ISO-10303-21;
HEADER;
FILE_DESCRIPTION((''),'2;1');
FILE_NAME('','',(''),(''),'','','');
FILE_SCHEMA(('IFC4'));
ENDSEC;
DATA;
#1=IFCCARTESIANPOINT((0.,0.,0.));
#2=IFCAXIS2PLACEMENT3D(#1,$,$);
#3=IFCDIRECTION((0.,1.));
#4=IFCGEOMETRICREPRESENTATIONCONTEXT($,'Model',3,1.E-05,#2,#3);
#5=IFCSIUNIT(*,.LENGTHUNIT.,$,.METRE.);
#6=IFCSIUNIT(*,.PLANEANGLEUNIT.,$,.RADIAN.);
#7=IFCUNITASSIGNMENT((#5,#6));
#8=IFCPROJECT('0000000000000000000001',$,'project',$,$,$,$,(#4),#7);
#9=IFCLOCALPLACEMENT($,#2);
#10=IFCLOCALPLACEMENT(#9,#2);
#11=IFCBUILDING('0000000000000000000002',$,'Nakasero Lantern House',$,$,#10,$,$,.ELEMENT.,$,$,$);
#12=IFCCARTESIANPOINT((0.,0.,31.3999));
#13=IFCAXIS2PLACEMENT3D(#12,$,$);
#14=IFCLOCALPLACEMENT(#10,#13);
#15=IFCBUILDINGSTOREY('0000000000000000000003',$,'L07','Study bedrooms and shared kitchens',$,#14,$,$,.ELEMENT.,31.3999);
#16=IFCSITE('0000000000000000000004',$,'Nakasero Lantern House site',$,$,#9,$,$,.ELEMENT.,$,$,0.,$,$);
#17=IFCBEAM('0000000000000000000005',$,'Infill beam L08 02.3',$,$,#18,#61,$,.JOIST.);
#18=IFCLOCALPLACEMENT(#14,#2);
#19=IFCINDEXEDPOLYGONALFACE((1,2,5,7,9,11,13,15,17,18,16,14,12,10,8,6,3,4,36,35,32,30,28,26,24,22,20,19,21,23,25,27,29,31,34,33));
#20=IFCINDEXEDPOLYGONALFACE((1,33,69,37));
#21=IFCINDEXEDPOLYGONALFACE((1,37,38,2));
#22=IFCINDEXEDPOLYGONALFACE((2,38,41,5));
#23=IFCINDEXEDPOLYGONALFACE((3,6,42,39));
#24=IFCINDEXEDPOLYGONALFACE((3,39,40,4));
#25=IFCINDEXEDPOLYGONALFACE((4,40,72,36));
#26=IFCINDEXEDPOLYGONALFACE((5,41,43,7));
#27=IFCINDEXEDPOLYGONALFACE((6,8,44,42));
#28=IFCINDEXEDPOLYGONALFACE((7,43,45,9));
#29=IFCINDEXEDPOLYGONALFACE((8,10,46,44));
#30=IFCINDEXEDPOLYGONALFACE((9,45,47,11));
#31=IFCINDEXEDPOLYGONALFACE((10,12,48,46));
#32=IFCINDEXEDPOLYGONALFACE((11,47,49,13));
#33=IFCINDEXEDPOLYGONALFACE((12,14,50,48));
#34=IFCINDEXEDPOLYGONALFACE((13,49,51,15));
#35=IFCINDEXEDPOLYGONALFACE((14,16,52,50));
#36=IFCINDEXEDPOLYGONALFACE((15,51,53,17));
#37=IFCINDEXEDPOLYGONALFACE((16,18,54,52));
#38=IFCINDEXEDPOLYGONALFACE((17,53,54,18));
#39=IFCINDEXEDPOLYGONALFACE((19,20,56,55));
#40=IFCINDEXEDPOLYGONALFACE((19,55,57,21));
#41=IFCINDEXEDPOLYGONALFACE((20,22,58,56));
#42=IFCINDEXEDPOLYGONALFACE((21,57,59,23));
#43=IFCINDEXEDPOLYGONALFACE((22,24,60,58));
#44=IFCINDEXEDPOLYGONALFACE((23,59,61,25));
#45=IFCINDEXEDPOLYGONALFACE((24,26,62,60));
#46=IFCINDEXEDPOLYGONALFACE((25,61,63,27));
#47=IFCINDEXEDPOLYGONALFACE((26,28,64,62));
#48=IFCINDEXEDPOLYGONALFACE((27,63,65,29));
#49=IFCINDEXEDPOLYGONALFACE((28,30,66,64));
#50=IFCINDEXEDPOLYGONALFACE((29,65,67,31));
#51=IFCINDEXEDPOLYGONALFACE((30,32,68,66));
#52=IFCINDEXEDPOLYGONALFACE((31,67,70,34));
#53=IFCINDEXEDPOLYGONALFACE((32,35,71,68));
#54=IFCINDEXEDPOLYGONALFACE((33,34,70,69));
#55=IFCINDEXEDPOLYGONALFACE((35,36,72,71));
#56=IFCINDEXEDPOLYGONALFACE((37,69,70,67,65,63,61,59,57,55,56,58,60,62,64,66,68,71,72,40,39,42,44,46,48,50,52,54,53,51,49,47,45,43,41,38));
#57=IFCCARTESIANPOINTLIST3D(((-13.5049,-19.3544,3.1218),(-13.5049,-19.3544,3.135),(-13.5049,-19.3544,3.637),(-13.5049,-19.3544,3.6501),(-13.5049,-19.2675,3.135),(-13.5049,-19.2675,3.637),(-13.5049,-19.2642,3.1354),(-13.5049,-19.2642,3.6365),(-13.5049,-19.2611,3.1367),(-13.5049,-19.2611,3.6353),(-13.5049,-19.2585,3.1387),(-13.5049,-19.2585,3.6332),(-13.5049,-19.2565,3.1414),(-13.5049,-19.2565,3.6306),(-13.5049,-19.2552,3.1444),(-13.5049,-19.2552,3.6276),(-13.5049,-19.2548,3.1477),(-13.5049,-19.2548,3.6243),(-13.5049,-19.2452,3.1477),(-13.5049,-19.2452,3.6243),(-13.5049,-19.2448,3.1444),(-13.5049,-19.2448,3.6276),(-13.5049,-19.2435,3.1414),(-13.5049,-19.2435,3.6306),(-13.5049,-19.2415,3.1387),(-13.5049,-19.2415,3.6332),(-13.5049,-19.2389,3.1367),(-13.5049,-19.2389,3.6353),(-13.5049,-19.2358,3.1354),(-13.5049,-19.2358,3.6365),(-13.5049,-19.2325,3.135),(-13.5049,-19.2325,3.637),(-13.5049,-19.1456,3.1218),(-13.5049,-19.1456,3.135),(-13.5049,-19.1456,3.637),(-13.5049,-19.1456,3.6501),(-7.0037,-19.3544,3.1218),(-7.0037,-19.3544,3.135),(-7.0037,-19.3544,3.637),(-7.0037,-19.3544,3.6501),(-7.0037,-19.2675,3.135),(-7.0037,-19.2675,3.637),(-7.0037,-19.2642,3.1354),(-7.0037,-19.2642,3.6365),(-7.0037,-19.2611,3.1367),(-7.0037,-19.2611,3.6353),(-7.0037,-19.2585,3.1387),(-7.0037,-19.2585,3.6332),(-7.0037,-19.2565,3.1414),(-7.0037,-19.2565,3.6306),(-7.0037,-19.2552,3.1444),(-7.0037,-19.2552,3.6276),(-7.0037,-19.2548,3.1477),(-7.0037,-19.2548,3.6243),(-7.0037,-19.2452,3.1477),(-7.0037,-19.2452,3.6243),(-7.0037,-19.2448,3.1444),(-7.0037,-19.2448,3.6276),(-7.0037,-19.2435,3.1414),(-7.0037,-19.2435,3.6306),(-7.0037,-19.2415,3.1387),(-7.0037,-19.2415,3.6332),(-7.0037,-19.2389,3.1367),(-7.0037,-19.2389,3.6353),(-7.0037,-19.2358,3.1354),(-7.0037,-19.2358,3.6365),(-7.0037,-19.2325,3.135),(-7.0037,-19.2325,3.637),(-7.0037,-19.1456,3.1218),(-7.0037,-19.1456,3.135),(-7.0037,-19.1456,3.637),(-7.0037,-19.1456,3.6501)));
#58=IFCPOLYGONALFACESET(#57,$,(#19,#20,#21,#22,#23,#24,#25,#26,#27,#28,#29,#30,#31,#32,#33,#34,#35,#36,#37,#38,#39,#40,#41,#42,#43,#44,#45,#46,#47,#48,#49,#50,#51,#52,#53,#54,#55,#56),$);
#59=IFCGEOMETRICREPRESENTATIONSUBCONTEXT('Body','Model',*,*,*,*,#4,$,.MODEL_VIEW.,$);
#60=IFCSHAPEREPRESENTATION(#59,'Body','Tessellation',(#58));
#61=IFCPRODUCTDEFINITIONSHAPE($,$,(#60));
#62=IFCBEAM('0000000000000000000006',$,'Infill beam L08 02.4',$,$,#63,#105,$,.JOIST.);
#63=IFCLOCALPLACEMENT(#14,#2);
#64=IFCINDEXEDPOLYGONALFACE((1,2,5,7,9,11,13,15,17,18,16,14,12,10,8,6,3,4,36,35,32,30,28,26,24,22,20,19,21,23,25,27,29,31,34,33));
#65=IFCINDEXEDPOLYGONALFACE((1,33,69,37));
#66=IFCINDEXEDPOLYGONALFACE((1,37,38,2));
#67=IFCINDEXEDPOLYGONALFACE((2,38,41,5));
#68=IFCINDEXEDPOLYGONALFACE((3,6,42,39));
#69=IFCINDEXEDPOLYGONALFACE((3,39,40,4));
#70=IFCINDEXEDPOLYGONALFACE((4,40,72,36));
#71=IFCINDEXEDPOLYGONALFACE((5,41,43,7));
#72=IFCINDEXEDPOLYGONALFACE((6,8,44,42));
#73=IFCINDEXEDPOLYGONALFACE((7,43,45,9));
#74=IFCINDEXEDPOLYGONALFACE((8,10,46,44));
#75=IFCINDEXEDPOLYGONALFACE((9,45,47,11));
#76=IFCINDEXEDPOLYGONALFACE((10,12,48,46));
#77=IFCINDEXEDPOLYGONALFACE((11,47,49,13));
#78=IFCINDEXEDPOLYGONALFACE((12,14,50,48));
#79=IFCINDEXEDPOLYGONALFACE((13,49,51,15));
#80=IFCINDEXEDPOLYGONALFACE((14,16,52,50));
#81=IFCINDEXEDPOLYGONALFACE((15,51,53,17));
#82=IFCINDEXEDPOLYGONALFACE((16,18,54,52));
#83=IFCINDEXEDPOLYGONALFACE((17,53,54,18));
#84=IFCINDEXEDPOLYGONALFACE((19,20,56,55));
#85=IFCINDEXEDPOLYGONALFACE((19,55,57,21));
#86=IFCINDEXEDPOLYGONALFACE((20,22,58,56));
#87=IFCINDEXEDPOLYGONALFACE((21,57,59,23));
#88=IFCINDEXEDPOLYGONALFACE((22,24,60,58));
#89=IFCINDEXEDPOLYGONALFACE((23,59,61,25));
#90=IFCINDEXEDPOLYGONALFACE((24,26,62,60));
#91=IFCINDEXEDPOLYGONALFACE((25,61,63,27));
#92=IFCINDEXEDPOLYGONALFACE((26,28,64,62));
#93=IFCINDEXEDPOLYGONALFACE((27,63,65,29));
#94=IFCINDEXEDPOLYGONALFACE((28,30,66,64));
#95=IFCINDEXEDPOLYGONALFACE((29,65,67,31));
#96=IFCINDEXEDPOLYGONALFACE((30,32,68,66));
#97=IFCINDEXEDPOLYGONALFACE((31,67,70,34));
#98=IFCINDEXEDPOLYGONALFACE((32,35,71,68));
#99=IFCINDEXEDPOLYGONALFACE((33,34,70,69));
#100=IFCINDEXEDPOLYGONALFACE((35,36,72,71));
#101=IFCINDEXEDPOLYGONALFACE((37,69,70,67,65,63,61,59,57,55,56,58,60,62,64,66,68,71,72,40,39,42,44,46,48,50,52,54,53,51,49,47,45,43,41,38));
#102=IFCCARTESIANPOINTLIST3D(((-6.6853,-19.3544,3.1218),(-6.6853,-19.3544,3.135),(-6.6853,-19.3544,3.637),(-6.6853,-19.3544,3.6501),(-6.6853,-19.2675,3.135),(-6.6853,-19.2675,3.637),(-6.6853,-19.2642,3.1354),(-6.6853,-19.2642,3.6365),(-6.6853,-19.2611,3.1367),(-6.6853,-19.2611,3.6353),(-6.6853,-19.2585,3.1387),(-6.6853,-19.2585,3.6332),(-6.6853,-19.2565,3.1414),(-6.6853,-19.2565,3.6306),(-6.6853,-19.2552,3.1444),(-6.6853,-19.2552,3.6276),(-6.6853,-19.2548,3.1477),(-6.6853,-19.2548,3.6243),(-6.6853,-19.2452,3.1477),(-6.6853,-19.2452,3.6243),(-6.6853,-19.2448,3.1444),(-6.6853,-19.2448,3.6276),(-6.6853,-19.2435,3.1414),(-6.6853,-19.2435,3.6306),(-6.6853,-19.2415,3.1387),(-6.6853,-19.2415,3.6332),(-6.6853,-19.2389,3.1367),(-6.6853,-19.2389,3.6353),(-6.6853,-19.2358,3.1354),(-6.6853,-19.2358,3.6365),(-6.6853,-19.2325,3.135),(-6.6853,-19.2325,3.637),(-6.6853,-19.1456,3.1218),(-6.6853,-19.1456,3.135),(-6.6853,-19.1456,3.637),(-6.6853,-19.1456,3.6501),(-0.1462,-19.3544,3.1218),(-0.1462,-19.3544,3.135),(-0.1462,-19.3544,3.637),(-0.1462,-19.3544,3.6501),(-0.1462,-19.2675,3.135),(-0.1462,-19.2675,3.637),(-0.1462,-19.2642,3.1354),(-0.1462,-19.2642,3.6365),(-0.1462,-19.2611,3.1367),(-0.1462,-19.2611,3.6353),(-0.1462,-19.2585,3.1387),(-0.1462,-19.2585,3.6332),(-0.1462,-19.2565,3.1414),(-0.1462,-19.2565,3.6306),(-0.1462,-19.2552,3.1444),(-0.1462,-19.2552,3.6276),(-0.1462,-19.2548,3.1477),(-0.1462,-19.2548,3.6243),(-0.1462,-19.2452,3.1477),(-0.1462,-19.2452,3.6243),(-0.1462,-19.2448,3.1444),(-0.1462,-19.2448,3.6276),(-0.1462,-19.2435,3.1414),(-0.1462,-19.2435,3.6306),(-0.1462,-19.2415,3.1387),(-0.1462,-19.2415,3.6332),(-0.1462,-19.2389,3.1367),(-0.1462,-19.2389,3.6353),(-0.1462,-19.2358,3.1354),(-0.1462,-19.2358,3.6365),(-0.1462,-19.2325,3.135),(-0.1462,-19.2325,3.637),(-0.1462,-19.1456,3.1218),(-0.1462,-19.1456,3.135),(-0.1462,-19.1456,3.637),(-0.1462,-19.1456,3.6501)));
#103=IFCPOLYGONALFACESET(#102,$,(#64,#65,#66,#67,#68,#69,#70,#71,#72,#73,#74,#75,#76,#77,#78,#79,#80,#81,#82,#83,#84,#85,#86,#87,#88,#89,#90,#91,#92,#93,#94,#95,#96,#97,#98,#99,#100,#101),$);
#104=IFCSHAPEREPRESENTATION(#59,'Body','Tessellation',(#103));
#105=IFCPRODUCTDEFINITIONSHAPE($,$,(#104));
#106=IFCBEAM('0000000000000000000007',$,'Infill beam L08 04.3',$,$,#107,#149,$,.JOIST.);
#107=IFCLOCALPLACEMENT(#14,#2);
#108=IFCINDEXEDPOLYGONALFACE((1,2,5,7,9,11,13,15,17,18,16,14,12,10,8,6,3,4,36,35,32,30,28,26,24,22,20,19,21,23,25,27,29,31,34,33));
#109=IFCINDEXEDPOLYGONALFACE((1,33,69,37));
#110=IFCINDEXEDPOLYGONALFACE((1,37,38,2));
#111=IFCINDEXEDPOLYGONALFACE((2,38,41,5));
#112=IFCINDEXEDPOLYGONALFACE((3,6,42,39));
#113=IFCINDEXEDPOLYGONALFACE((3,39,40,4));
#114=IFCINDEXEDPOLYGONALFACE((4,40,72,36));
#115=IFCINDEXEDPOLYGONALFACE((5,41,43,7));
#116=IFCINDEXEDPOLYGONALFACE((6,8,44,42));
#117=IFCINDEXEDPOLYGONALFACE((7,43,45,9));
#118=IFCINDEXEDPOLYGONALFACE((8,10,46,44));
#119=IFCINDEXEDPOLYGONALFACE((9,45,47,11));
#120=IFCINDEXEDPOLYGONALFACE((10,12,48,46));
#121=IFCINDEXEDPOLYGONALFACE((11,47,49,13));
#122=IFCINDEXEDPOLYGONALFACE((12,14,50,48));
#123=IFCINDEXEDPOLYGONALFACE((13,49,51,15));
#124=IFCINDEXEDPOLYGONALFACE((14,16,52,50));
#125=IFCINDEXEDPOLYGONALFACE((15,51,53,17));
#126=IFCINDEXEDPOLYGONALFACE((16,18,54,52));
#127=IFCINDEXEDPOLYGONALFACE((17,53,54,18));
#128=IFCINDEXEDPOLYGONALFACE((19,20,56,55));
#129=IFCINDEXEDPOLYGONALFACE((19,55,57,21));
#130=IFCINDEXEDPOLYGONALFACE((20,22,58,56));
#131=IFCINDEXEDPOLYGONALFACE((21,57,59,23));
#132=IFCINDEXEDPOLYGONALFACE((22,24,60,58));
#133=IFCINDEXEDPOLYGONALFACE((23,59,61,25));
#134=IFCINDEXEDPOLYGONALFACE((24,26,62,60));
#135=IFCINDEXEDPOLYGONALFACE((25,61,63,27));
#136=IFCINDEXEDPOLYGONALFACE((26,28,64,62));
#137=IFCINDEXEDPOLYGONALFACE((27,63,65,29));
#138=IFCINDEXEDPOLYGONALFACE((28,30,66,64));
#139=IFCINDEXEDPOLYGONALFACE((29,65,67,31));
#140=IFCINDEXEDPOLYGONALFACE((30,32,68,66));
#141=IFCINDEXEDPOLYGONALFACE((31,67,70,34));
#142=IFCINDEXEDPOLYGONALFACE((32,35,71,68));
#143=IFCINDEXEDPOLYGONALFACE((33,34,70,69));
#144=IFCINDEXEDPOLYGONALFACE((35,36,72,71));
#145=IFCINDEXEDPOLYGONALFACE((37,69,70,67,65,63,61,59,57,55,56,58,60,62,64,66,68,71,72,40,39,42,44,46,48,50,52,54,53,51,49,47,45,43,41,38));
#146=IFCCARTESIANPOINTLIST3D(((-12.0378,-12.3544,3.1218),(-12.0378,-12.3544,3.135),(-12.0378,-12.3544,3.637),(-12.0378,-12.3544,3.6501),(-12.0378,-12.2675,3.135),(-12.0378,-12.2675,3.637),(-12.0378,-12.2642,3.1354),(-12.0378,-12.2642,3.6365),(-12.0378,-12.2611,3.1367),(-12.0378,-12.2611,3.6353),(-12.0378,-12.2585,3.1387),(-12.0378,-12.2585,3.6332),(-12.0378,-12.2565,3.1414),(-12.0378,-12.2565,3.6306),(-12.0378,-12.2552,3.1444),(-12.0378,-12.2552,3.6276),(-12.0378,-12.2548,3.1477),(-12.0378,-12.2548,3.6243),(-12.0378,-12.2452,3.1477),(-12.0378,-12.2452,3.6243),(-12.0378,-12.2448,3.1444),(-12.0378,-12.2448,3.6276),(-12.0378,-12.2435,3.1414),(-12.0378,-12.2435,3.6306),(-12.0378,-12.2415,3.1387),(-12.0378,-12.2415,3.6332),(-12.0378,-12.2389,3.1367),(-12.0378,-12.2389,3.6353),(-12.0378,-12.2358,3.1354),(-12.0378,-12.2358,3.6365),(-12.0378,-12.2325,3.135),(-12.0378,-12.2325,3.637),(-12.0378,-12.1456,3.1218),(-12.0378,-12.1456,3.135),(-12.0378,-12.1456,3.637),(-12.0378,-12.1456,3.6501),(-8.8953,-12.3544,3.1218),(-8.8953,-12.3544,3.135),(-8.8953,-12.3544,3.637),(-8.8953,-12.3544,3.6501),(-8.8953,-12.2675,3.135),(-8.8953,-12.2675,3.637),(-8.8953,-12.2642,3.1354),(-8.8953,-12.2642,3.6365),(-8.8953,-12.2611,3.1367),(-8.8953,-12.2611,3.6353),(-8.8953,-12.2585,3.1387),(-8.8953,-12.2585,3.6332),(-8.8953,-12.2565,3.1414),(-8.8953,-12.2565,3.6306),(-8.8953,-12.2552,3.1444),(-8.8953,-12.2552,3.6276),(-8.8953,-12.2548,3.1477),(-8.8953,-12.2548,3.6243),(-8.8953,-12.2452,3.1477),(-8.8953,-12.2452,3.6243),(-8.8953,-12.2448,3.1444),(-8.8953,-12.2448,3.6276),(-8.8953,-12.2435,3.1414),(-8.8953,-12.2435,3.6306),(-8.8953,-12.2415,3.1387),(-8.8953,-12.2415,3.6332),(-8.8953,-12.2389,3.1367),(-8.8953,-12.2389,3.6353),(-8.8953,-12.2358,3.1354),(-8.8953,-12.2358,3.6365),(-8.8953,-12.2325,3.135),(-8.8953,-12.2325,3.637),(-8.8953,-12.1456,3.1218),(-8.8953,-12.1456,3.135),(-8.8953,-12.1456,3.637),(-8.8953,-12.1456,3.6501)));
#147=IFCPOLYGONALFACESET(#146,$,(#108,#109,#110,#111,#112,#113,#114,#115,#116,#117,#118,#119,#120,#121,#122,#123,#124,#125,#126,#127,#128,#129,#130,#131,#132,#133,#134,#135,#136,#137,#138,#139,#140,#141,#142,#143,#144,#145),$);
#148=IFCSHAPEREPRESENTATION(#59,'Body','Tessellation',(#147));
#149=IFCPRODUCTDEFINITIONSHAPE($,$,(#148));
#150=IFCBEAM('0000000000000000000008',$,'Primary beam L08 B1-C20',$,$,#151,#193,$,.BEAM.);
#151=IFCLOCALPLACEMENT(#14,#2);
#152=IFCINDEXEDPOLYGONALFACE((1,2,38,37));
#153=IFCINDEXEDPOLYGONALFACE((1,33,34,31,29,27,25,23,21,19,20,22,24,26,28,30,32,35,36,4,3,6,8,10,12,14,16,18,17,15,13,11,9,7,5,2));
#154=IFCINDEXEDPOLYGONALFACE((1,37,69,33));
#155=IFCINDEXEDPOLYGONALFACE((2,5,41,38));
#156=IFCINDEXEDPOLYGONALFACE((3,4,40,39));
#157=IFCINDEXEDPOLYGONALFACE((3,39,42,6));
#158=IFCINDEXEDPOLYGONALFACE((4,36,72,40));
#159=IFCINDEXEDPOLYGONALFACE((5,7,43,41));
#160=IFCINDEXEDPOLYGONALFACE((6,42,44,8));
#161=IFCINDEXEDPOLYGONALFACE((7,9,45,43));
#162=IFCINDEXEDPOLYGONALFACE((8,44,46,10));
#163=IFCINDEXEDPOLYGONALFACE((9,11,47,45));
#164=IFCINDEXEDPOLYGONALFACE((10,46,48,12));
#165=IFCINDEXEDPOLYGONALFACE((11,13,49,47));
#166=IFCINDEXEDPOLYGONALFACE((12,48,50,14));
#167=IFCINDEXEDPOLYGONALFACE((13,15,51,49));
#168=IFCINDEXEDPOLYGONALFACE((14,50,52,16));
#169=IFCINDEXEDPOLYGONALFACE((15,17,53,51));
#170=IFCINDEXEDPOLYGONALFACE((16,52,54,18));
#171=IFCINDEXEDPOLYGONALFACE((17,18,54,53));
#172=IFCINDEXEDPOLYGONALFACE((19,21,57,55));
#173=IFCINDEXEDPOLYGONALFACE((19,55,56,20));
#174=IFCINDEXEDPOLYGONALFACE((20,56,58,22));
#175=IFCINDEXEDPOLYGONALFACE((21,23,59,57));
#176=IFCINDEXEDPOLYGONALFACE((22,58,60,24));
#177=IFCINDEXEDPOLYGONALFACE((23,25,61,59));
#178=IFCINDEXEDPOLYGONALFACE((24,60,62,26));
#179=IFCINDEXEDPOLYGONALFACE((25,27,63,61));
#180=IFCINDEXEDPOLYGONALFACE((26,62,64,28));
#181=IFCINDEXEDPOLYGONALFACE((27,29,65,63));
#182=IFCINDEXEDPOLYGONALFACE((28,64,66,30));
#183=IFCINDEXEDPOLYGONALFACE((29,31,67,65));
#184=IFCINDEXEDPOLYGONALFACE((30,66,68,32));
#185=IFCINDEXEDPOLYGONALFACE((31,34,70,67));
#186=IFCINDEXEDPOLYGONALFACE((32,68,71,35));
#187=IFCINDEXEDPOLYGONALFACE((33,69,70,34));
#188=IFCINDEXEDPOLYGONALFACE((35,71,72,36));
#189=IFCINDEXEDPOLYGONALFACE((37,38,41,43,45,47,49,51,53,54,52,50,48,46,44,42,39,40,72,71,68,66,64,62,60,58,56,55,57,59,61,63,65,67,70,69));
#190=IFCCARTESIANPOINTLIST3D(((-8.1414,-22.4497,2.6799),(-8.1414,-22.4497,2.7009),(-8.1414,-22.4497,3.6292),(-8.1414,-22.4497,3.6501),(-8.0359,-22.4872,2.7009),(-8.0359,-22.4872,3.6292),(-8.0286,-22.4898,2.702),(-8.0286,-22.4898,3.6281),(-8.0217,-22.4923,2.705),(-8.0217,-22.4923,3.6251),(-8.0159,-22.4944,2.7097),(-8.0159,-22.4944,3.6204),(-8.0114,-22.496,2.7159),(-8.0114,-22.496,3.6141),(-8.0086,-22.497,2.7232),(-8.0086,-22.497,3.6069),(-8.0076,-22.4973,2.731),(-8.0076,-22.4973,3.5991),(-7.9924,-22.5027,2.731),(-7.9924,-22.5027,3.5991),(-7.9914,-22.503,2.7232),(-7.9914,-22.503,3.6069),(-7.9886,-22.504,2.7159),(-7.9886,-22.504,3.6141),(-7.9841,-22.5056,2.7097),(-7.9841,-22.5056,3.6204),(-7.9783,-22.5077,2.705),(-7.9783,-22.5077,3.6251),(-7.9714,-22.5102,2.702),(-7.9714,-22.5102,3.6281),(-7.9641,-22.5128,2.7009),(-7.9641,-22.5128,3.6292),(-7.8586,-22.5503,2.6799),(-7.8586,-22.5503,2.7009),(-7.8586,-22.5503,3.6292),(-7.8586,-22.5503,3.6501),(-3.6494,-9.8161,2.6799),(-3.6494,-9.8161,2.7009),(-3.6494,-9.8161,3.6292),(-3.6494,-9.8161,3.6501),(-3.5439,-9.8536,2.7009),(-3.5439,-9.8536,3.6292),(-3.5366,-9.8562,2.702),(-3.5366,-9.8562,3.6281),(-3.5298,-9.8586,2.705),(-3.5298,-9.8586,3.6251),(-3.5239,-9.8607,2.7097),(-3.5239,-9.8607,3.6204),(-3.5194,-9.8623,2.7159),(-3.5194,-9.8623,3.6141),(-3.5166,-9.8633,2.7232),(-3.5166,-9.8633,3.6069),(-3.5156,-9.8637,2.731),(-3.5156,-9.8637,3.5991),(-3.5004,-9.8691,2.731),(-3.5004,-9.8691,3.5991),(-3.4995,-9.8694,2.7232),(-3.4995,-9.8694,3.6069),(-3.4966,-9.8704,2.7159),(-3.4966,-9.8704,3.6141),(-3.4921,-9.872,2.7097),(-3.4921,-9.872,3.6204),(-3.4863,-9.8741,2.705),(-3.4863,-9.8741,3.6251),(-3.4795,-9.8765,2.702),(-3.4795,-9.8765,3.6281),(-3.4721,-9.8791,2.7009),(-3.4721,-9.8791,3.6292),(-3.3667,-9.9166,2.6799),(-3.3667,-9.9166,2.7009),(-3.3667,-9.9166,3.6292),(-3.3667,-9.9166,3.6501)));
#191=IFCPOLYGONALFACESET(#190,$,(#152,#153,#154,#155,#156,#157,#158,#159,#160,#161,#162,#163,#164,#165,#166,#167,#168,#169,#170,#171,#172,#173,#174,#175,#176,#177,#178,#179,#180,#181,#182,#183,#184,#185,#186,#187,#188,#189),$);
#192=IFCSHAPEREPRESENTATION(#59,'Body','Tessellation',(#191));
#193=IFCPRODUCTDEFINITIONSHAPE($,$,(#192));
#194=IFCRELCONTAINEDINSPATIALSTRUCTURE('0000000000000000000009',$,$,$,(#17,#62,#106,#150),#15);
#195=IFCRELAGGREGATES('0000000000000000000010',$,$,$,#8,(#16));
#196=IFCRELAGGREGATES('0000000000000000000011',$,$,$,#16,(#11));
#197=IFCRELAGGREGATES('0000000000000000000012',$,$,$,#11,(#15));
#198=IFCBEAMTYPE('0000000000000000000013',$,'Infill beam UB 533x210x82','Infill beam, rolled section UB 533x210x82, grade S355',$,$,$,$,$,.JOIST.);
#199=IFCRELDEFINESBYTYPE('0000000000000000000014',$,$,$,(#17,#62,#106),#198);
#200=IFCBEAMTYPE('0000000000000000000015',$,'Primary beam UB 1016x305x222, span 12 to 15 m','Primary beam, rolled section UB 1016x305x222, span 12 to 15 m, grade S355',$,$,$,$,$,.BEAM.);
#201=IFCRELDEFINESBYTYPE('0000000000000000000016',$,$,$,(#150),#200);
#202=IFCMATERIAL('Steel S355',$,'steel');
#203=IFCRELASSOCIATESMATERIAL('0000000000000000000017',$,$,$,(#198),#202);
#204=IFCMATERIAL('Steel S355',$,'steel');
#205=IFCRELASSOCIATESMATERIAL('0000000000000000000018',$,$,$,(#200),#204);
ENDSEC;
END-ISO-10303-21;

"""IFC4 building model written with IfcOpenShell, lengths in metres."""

from ifc_helpers import new_model, si_unit, direction, frame, origin, origin_2d, place, context, subcontext, project, spatial, i_section, extrude, material, material_profile, profile_set, type_object, element, save


model = new_model("IFC4")

# Units and contexts
model_context = context("Model", 3, precision=1e-05, world=origin(), true_north=direction((0.0, 1.0)))
body_context = subcontext(model_context, "Body", "Model", "MODEL_VIEW")
ifc_project = project(units=[si_unit("LENGTHUNIT", "METRE"), si_unit("PLANEANGLEUNIT", "RADIAN")], contexts=[model_context])

# Site, building, storey
site_placement = place(None, origin())
site = spatial("IfcSite", under=ifc_project, at=site_placement, Name="Nakasero Lantern House site", CompositionType="ELEMENT", RefElevation=0.0)
building_placement = place(site_placement, origin())
building = spatial("IfcBuilding", under=site, at=building_placement, Name="Nakasero Lantern House", CompositionType="ELEMENT")
storey_placement = place(building_placement, frame((0.0, 0.0, 31.3999)))
storey = spatial("IfcBuildingStorey", under=building, at=storey_placement, Name="L07", Description="Study bedrooms and shared kitchens", CompositionType="ELEMENT", Elevation=31.3999)

# Beams
ifc_material_1 = material(Name="Steel S355", Category="steel")
ifc_material_profile_1 = material_profile(ifc_material_1, i_section(OverallWidth=0.2087, OverallDepth=0.5283, WebThickness=0.0095, FlangeThickness=0.0132, FilletRadius=0.0127, at=origin_2d()), Name="UB 533x210x82")
ifc_profile_set_1 = profile_set([ifc_material_profile_1], Name="Steel S355")
beam_type_1 = type_object("IfcBeamType", Name="Infill beam UB 533x210x82", Description="Infill beam, rolled section UB 533x210x82, grade S355", PredefinedType="JOIST", material=ifc_profile_set_1)
beam_1_placement = place(storey_placement, frame((-13.5049, -19.25, 3.386), z_axis=(1.0, 0.0, 0.0), x_axis=(0.0, 1.0, 0.0)))
element("IfcBeam", 1, at=beam_1_placement, inside=storey, type_object=beam_type_1, Name="Infill beam L08 02.3", PredefinedType="JOIST", context=body_context, shape_type="SweptSolid", body=[
    extrude(i_section(OverallWidth=0.2087, OverallDepth=0.5283, WebThickness=0.0095, FlangeThickness=0.0132, FilletRadius=0.0127, at=origin_2d()), origin(), (0.0, 0.0, 1.0), 6.5012),
])
beam_2_placement = place(storey_placement, frame((-6.6853, -19.25, 3.386), z_axis=(1.0, 0.0, 0.0), x_axis=(0.0, 1.0, 0.0)))
element("IfcBeam", 2, at=beam_2_placement, inside=storey, type_object=beam_type_1, Name="Infill beam L08 02.4", PredefinedType="JOIST", context=body_context, shape_type="SweptSolid", body=[
    extrude(i_section(OverallWidth=0.2087, OverallDepth=0.5283, WebThickness=0.0095, FlangeThickness=0.0132, FilletRadius=0.0127, at=origin_2d()), origin(), (0.0, 0.0, 1.0), 6.5391),
])
beam_3_placement = place(storey_placement, frame((-12.0378, -12.25, 3.386), z_axis=(1.0, 0.0, 0.0), x_axis=(0.0, 1.0, 0.0)))
element("IfcBeam", 3, at=beam_3_placement, inside=storey, type_object=beam_type_1, Name="Infill beam L08 04.3", PredefinedType="JOIST", context=body_context, shape_type="SweptSolid", body=[
    extrude(i_section(OverallWidth=0.2087, OverallDepth=0.5283, WebThickness=0.0095, FlangeThickness=0.0132, FilletRadius=0.0127, at=origin_2d()), origin(), (0.0, 0.0, 1.0), 3.1426),
])
ifc_material_2 = material(Name="Steel S355", Category="steel")
ifc_material_profile_2 = material_profile(ifc_material_2, i_section(OverallWidth=0.3, OverallDepth=0.9702, WebThickness=0.0161, FlangeThickness=0.021, FilletRadius=0.03, at=origin_2d()), Name="UB 1016x305x222")
ifc_profile_set_2 = profile_set([ifc_material_profile_2], Name="Steel S355")
beam_type_2 = type_object("IfcBeamType", Name="Primary beam UB 1016x305x222, span 12 to 15 m", Description="Primary beam, rolled section UB 1016x305x222, span 12 to 15 m, grade S355", PredefinedType="BEAM", material=ifc_profile_set_2)
beam_4_placement = place(storey_placement, frame((-8.0, -22.5, 3.165), z_axis=(0.335011, 0.942214, 0.0), x_axis=(-0.942214, 0.335011, 0.0)))
element("IfcBeam", 4, at=beam_4_placement, inside=storey, type_object=beam_type_2, Name="Primary beam L08 B1-C20", PredefinedType="BEAM", context=body_context, shape_type="SweptSolid", body=[
    extrude(i_section(OverallWidth=0.3, OverallDepth=0.9702, WebThickness=0.0161, FlangeThickness=0.021, FilletRadius=0.03, at=origin_2d()), origin(), (0.0, 0.0, 1.0), 13.4084),
])

save(model, "model.ifc")
